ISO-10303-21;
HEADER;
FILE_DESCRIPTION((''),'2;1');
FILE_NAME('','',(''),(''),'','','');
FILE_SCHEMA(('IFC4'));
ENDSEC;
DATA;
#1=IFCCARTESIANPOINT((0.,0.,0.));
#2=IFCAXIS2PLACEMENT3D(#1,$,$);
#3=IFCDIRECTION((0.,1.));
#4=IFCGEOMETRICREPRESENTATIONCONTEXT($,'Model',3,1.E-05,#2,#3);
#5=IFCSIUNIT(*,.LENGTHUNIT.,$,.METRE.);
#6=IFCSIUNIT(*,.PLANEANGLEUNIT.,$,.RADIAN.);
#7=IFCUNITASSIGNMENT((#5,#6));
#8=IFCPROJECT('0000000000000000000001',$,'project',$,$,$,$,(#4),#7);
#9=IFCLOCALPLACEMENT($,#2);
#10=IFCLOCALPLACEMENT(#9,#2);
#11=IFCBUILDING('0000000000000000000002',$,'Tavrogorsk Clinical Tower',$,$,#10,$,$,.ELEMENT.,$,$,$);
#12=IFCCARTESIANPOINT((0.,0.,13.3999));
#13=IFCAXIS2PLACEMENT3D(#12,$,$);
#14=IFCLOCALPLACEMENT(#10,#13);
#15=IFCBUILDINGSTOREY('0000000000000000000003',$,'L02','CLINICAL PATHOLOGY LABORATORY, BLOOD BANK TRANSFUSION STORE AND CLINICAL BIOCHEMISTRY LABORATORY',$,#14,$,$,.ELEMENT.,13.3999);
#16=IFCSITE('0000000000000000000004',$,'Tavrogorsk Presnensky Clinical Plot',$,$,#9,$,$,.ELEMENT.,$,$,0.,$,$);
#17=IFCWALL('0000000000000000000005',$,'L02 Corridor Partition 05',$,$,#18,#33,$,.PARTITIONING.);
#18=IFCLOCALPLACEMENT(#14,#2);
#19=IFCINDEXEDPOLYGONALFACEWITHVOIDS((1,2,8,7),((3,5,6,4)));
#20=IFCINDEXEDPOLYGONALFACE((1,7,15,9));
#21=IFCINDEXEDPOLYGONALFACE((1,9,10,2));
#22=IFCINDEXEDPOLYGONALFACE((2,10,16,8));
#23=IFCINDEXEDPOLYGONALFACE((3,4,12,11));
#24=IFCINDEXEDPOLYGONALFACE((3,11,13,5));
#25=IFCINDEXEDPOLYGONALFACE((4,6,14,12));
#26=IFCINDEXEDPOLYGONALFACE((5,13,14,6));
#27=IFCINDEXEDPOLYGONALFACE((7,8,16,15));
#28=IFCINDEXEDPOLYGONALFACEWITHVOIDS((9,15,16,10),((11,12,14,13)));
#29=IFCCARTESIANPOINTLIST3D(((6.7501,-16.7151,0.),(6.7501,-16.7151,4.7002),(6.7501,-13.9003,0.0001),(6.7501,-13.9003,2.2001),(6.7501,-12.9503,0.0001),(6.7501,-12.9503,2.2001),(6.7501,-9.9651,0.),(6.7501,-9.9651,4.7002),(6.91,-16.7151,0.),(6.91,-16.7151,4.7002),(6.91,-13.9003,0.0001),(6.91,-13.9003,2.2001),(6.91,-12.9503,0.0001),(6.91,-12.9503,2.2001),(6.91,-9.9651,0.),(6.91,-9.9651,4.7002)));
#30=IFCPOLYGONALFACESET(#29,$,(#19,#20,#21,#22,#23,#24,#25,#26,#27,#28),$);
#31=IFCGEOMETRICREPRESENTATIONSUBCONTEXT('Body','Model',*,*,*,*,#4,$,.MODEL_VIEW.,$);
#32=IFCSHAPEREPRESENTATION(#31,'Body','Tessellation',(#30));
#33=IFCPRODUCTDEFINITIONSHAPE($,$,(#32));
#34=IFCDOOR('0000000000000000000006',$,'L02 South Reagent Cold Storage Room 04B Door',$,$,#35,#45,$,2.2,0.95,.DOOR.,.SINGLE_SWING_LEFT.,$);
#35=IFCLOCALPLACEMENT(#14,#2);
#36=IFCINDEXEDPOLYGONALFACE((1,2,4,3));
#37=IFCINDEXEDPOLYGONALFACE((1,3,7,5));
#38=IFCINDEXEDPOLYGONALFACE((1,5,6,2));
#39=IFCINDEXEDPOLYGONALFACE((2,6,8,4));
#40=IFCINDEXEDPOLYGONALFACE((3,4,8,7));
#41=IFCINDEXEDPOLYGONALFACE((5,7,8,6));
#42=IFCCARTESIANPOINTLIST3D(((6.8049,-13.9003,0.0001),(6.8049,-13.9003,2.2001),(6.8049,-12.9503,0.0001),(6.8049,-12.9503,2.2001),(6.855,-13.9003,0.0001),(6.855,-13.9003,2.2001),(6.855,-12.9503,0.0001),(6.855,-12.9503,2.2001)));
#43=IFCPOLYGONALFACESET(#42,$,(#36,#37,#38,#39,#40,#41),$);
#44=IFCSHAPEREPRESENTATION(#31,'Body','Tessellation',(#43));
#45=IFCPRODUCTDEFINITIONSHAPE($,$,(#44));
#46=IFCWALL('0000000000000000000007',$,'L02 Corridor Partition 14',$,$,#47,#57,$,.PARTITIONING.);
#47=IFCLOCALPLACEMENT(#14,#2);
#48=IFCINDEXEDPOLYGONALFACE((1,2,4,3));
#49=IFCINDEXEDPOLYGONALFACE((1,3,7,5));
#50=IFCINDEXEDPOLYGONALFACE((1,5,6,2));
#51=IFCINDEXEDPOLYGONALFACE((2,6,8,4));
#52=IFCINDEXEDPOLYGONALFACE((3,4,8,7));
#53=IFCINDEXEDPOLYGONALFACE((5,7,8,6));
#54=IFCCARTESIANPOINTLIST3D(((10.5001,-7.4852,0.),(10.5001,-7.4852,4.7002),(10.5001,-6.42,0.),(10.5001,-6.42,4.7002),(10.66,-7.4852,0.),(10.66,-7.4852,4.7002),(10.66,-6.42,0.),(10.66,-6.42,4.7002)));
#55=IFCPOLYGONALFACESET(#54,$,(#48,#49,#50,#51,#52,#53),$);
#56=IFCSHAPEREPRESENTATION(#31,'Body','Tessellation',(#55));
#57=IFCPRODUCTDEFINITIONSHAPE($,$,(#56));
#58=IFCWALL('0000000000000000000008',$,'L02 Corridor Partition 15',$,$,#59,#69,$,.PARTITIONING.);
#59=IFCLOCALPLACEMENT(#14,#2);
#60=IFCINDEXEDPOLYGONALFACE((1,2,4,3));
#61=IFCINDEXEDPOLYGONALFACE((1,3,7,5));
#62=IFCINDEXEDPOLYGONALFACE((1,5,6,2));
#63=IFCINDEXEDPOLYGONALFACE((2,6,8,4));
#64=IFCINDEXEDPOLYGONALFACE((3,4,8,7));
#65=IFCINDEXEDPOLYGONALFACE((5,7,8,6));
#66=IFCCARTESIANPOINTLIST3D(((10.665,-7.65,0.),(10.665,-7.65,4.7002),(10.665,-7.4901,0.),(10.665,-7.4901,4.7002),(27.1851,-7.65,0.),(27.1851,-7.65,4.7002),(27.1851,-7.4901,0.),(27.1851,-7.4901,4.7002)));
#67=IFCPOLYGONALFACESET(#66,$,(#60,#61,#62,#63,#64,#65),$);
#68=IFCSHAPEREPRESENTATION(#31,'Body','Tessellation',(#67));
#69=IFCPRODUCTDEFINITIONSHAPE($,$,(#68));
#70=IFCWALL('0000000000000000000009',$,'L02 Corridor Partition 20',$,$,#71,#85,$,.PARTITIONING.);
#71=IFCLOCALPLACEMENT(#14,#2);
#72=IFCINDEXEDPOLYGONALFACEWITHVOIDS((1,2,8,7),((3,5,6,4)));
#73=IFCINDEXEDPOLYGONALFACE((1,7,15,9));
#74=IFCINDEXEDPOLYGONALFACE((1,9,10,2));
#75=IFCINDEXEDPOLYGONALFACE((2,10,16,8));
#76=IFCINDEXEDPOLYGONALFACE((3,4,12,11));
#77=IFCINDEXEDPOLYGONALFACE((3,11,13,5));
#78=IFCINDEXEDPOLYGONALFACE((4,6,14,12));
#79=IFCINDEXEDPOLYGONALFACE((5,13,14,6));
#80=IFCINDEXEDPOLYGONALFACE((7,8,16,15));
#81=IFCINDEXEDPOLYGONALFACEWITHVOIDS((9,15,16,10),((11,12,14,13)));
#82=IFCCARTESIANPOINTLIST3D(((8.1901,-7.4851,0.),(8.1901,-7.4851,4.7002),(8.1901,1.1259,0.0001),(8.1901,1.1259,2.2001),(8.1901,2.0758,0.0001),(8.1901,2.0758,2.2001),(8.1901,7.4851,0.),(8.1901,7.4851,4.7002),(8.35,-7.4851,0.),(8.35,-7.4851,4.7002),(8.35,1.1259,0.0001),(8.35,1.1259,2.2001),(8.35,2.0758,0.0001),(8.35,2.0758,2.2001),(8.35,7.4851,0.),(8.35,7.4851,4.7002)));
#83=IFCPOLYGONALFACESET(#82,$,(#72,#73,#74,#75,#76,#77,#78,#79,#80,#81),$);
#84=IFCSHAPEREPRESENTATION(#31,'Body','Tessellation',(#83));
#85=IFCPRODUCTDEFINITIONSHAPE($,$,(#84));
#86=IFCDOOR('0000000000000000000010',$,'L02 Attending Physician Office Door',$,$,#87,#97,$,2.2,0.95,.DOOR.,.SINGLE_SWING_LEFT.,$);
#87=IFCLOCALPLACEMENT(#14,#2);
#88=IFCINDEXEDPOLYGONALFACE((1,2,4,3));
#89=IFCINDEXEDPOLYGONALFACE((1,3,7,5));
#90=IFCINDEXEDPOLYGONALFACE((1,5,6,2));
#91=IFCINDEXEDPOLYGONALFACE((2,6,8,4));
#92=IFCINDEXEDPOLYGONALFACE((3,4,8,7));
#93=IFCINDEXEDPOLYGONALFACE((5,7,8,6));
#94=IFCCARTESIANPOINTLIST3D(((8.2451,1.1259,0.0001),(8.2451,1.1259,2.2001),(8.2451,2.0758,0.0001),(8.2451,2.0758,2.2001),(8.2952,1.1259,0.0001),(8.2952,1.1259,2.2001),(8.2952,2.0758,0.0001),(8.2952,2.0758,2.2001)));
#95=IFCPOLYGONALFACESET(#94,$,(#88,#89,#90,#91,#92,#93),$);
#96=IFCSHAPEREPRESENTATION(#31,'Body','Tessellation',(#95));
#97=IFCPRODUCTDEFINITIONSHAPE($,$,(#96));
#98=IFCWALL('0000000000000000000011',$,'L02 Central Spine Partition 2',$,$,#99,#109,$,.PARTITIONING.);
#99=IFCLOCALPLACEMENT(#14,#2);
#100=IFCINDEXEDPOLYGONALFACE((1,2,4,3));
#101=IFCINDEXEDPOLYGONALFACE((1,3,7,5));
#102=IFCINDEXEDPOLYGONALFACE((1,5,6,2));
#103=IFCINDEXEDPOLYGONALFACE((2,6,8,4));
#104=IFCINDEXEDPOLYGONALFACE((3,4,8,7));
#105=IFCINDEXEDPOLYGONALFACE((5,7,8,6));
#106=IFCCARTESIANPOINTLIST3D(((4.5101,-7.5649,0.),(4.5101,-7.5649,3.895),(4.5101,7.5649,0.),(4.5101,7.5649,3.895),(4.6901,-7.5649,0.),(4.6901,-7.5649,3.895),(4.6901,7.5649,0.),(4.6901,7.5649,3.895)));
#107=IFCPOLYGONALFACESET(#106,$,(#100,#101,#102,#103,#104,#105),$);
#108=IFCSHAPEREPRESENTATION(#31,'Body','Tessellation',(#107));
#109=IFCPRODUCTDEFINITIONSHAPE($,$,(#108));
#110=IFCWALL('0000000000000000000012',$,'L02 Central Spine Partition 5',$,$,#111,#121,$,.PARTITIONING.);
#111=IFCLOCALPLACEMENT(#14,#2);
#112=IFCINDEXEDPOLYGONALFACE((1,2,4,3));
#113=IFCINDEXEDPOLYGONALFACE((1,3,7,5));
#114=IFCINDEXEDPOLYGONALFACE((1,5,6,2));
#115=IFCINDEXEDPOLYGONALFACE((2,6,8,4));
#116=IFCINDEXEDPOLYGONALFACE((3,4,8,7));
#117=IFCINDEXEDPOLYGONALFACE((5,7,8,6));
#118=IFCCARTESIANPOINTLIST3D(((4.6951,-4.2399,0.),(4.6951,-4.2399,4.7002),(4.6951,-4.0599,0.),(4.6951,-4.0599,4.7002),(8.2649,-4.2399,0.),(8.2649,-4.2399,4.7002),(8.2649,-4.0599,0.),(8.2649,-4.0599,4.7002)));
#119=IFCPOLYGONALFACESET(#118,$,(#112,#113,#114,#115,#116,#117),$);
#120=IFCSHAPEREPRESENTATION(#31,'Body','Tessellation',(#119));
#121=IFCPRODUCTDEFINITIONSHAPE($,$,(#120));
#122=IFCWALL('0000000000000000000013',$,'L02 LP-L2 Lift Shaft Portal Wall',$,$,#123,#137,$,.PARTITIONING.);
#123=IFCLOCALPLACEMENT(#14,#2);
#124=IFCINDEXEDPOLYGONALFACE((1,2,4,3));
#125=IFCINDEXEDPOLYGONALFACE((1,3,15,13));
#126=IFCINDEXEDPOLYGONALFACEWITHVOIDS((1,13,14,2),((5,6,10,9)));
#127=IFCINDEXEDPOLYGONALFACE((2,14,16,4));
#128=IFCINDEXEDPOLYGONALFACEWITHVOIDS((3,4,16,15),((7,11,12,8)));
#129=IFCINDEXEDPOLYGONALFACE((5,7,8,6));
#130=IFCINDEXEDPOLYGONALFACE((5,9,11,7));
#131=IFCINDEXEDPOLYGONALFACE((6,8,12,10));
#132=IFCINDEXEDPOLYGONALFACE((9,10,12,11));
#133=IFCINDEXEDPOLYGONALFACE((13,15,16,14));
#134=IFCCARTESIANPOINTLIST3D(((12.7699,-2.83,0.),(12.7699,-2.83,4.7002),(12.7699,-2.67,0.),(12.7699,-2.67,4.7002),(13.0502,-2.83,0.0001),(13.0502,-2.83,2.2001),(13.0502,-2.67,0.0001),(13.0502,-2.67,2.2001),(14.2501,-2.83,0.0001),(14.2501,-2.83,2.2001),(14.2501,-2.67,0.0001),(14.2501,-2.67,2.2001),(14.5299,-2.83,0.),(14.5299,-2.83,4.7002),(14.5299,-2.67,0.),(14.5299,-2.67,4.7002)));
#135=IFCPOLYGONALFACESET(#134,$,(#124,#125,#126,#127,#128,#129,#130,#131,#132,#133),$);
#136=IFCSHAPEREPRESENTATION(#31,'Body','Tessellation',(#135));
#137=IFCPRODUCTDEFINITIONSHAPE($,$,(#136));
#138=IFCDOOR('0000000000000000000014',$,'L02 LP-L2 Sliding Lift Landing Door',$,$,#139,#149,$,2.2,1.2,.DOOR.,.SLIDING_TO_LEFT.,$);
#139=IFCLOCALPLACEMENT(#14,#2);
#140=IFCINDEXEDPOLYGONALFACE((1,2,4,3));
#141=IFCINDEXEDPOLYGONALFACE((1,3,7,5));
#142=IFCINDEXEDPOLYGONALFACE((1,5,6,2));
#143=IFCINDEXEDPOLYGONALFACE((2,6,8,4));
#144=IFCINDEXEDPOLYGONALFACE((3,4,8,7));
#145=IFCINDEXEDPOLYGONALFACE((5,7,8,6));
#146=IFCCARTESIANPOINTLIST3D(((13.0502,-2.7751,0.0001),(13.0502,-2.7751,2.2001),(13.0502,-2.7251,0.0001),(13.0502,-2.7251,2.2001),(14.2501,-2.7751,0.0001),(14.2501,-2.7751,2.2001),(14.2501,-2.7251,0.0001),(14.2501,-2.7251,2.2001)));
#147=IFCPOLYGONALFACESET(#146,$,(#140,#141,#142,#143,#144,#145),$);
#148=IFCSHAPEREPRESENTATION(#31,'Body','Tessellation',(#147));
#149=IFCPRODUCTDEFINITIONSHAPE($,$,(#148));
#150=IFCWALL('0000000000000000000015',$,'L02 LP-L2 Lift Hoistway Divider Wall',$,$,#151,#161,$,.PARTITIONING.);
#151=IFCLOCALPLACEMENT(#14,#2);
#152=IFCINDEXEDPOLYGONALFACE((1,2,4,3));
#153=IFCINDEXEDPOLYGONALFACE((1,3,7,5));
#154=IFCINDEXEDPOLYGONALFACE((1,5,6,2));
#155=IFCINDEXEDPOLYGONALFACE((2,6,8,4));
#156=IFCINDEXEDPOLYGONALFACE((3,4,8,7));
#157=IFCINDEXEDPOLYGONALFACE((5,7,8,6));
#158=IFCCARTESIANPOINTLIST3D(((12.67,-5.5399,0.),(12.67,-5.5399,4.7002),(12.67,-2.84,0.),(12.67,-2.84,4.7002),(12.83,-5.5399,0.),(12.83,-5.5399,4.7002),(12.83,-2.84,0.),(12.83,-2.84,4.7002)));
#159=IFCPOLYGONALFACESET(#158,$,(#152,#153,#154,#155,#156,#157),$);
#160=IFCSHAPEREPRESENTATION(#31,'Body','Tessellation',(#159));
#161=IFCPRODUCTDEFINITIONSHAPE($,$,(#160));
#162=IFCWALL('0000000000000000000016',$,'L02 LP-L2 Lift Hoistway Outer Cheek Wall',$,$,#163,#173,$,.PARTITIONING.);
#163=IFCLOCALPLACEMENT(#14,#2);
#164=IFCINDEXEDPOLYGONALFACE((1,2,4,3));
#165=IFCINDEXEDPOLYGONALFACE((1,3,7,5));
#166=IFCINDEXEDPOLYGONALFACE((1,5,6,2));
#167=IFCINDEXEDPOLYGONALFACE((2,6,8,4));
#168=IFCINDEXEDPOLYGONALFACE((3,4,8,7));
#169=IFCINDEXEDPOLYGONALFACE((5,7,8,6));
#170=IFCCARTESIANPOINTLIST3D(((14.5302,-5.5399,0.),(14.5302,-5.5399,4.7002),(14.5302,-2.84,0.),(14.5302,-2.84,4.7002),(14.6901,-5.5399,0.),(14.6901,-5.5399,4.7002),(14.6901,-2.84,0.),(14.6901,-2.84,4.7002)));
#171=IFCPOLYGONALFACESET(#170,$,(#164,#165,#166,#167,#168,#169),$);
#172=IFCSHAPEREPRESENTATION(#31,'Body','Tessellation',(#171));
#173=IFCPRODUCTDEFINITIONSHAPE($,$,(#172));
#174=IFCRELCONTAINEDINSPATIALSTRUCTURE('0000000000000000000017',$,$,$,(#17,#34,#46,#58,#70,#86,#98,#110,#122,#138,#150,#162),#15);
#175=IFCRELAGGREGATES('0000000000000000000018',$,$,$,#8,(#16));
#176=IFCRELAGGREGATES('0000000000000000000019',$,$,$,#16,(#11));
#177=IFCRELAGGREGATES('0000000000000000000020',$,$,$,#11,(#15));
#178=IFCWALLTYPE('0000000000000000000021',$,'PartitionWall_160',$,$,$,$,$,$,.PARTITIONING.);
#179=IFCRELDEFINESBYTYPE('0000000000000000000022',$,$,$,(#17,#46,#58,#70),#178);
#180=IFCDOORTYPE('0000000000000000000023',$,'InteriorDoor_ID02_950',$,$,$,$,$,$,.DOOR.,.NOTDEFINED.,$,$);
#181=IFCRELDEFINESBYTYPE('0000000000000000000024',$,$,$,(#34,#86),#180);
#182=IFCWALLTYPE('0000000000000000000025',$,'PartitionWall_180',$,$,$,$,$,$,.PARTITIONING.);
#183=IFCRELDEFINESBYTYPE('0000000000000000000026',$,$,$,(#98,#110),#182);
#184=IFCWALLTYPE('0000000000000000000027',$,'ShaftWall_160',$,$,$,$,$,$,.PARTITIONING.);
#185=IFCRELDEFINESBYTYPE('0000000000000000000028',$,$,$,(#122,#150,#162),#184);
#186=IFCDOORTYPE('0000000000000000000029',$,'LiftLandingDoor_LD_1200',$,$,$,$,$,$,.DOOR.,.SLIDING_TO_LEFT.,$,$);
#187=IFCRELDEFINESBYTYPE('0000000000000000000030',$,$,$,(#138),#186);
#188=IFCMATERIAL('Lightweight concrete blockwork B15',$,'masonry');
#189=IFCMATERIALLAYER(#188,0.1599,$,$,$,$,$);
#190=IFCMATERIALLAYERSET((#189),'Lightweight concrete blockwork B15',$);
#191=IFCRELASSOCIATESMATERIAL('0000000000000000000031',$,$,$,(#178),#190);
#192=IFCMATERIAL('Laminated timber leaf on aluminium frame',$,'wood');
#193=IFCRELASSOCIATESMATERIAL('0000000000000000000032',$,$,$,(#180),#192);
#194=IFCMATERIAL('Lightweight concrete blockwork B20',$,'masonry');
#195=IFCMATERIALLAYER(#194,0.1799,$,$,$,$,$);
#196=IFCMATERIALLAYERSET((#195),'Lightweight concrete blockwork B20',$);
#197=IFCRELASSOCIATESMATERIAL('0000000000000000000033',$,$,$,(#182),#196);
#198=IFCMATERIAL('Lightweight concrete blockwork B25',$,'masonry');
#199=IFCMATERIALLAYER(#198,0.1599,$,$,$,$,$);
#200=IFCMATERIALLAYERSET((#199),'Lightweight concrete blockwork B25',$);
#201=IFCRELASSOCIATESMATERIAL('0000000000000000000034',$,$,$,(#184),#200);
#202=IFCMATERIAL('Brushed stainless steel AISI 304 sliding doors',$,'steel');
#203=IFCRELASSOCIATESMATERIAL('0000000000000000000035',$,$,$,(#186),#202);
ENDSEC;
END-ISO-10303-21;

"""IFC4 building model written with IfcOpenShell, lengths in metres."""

from ifc_helpers import new_model, si_unit, direction, frame, frame_2d, origin, place, context, subcontext, project, spatial, rectangle, extrude, material, layer, layer_set, type_object, element, fill, save


model = new_model("IFC4")

# Units and contexts
model_context = context("Model", 3, precision=1e-05, world=origin(), true_north=direction((0.0, 1.0)))
body_context = subcontext(model_context, "Body", "Model", "MODEL_VIEW")
ifc_project = project(units=[si_unit("LENGTHUNIT", "METRE"), si_unit("PLANEANGLEUNIT", "RADIAN")], contexts=[model_context])

# Site, building, storey
site_placement = place(None, origin())
site = spatial("IfcSite", under=ifc_project, at=site_placement, Name="Tavrogorsk Presnensky Clinical Plot", CompositionType="ELEMENT", RefElevation=0.0)
building_placement = place(site_placement, origin())
building = spatial("IfcBuilding", under=site, at=building_placement, Name="Tavrogorsk Clinical Tower", CompositionType="ELEMENT")
storey_placement = place(building_placement, frame((0.0, 0.0, 13.3999)))
storey = spatial("IfcBuildingStorey", under=building, at=storey_placement, Name="L02", Description="CLINICAL PATHOLOGY LABORATORY, BLOOD BANK TRANSFUSION STORE AND CLINICAL BIOCHEMISTRY LABORATORY", CompositionType="ELEMENT", Elevation=13.3999)

# Wall, opening, door
ifc_material_1 = material(Name="Lightweight concrete blockwork B15", Category="masonry")
ifc_layer_1 = layer(ifc_material_1, 0.1599)
ifc_layer_set_1 = layer_set([ifc_layer_1], Name="Lightweight concrete blockwork B15")
wall_type_1 = type_object("IfcWallType", Name="PartitionWall_160", PredefinedType="PARTITIONING", material=ifc_layer_set_1)
wall_1_placement = place(storey_placement, frame((6.8301, -9.9651, 0.0), z_axis=(0.0, 0.0, 1.0), x_axis=(0.0, -1.0, 0.0)))
wall_1 = element("IfcWall", 1, at=wall_1_placement, inside=storey, type_object=wall_type_1, Name="L02 Corridor Partition 05", PredefinedType="PARTITIONING", context=body_context, shape_type="SweptSolid", body=[
    extrude(rectangle(XDim=6.75, YDim=0.1599, at=frame_2d((3.375, 0.0))), origin(), (0.0, 0.0, 1.0), 4.7002),
])
opening_1_placement = place(wall_1_placement, frame((2.9851, 0.0, 0.0)))
opening_1 = element("IfcOpeningElement", 2, at=opening_1_placement, cuts=wall_1, PredefinedType="OPENING", context=body_context, shape_type="SweptSolid", body=[
    extrude(rectangle(XDim=0.95, YDim=2.2, at=frame_2d((0.4751, 1.1001))), frame((0.0, 0.0898, 0.0), z_axis=(0.0, -1.0, 0.0), x_axis=(1.0, 0.0, 0.0)), (0.0, 0.0, 1.0), 0.1799),
])
ifc_material_2 = material(Name="Laminated timber leaf on aluminium frame", Category="wood")
door_type_1 = type_object("IfcDoorType", Name="InteriorDoor_ID02_950", OperationType="NOTDEFINED", PredefinedType="DOOR", material=ifc_material_2)
door_1_placement = place(opening_1_placement, origin())
door_1 = element("IfcDoor", 3, at=door_1_placement, inside=storey, type_object=door_type_1, Name="L02 South Reagent Cold Storage Room 04B Door", OperationType="SINGLE_SWING_LEFT", OverallHeight=2.2, OverallWidth=0.95, PredefinedType="DOOR", context=body_context, shape_type="SweptSolid", body=[
    extrude(rectangle(XDim=0.95, YDim=2.2, at=frame_2d((0.4751, 1.1001))), frame((0.0, 0.0249, 0.0), z_axis=(0.0, -1.0, 0.0), x_axis=(1.0, 0.0, 0.0)), (0.0, 0.0, 1.0), 0.05),
])
fill(opening_1, door_1)

# Walls
wall_2_placement = place(storey_placement, frame((10.5801, -6.4199, 0.0), z_axis=(0.0, 0.0, 1.0), x_axis=(0.0, -1.0, 0.0)))
element("IfcWall", 4, at=wall_2_placement, inside=storey, type_object=wall_type_1, Name="L02 Corridor Partition 14", PredefinedType="PARTITIONING", context=body_context, shape_type="SweptSolid", body=[
    extrude(rectangle(XDim=1.0652, YDim=0.1599, at=frame_2d((0.5327, 0.0))), origin(), (0.0, 0.0, 1.0), 4.7002),
])
wall_3_placement = place(storey_placement, frame((10.665, -7.5701, 0.0), z_axis=(0.0, 0.0, 1.0), x_axis=(1.0, 0.0, 0.0)))
element("IfcWall", 5, at=wall_3_placement, inside=storey, type_object=wall_type_1, Name="L02 Corridor Partition 15", PredefinedType="PARTITIONING", context=body_context, shape_type="SweptSolid", body=[
    extrude(rectangle(XDim=16.52, YDim=0.1599, at=frame_2d((8.26, 0.0))), origin(), (0.0, 0.0, 1.0), 4.7002),
])

# Wall, opening, door
wall_4_placement = place(storey_placement, frame((8.27, -7.4851, 0.0), z_axis=(0.0, 0.0, 1.0), x_axis=(0.0, 1.0, 0.0)))
wall_4 = element("IfcWall", 6, at=wall_4_placement, inside=storey, type_object=wall_type_1, Name="L02 Corridor Partition 20", PredefinedType="PARTITIONING", context=body_context, shape_type="SweptSolid", body=[
    extrude(rectangle(XDim=14.9702, YDim=0.1599, at=frame_2d((7.4851, 0.0))), origin(), (0.0, 0.0, 1.0), 4.7002),
])
opening_2_placement = place(wall_4_placement, frame((8.6108, 0.0, 0.0)))
opening_2 = element("IfcOpeningElement", 7, at=opening_2_placement, cuts=wall_4, PredefinedType="OPENING", context=body_context, shape_type="SweptSolid", body=[
    extrude(rectangle(XDim=0.95, YDim=2.2, at=frame_2d((0.4751, 1.1001))), frame((0.0, 0.0898, 0.0), z_axis=(0.0, -1.0, 0.0), x_axis=(1.0, 0.0, 0.0)), (0.0, 0.0, 1.0), 0.1799),
])
door_2_placement = place(opening_2_placement, origin())
door_2 = element("IfcDoor", 8, at=door_2_placement, inside=storey, type_object=door_type_1, Name="L02 Attending Physician Office Door", OperationType="SINGLE_SWING_LEFT", OverallHeight=2.2, OverallWidth=0.95, PredefinedType="DOOR", context=body_context, shape_type="SweptSolid", body=[
    extrude(rectangle(XDim=0.95, YDim=2.2, at=frame_2d((0.4751, 1.1001))), frame((0.0, 0.0249, 0.0), z_axis=(0.0, -1.0, 0.0), x_axis=(1.0, 0.0, 0.0)), (0.0, 0.0, 1.0), 0.05),
])
fill(opening_2, door_2)

# Walls
ifc_material_3 = material(Name="Lightweight concrete blockwork B20", Category="masonry")
ifc_layer_2 = layer(ifc_material_3, 0.1799)
ifc_layer_set_2 = layer_set([ifc_layer_2], Name="Lightweight concrete blockwork B20")
wall_type_2 = type_object("IfcWallType", Name="PartitionWall_180", PredefinedType="PARTITIONING", material=ifc_layer_set_2)
wall_5_placement = place(storey_placement, frame((4.6001, -7.5649, 0.0), z_axis=(0.0, 0.0, 1.0), x_axis=(0.0, 1.0, 0.0)))
element("IfcWall", 9, at=wall_5_placement, inside=storey, type_object=wall_type_2, Name="L02 Central Spine Partition 2", PredefinedType="PARTITIONING", context=body_context, shape_type="SweptSolid", body=[
    extrude(rectangle(XDim=15.1299, YDim=0.1799, at=frame_2d((7.5649, 0.0))), origin(), (0.0, 0.0, 1.0), 3.895),
])
wall_6_placement = place(storey_placement, frame((4.6951, -4.1499, 0.0), z_axis=(0.0, 0.0, 1.0), x_axis=(1.0, 0.0, 0.0)))
element("IfcWall", 10, at=wall_6_placement, inside=storey, type_object=wall_type_2, Name="L02 Central Spine Partition 5", PredefinedType="PARTITIONING", context=body_context, shape_type="SweptSolid", body=[
    extrude(rectangle(XDim=3.5698, YDim=0.1799, at=frame_2d((1.7849, 0.0))), origin(), (0.0, 0.0, 1.0), 4.7002),
])

# Wall, opening, door
ifc_material_4 = material(Name="Lightweight concrete blockwork B25", Category="masonry")
ifc_layer_3 = layer(ifc_material_4, 0.1599)
ifc_layer_set_3 = layer_set([ifc_layer_3], Name="Lightweight concrete blockwork B25")
wall_type_3 = type_object("IfcWallType", Name="ShaftWall_160", PredefinedType="PARTITIONING", material=ifc_layer_set_3)
wall_7_placement = place(storey_placement, frame((12.77, -2.75, 0.0), z_axis=(0.0, 0.0, 1.0), x_axis=(1.0, 0.0, 0.0)))
wall_7 = element("IfcWall", 11, at=wall_7_placement, inside=storey, type_object=wall_type_3, Name="L02 LP-L2 Lift Shaft Portal Wall", PredefinedType="PARTITIONING", context=body_context, shape_type="SweptSolid", body=[
    extrude(rectangle(XDim=1.76, YDim=0.1599, at=frame_2d((0.8799, 0.0))), origin(), (0.0, 0.0, 1.0), 4.7002),
])
opening_3_placement = place(wall_7_placement, frame((0.28, 0.0, 0.0)))
opening_3 = element("IfcOpeningElement", 12, at=opening_3_placement, cuts=wall_7, PredefinedType="OPENING", context=body_context, shape_type="SweptSolid", body=[
    extrude(rectangle(XDim=1.2, YDim=2.2, at=frame_2d((0.6001, 1.1001))), frame((0.0, 0.0898, 0.0), z_axis=(0.0, -1.0, 0.0), x_axis=(1.0, 0.0, 0.0)), (0.0, 0.0, 1.0), 0.1799),
])
ifc_material_5 = material(Name="Brushed stainless steel AISI 304 sliding doors", Category="steel")
door_type_2 = type_object("IfcDoorType", Name="LiftLandingDoor_LD_1200", OperationType="SLIDING_TO_LEFT", PredefinedType="DOOR", material=ifc_material_5)
door_3_placement = place(opening_3_placement, origin())
door_3 = element("IfcDoor", 13, at=door_3_placement, inside=storey, type_object=door_type_2, Name="L02 LP-L2 Sliding Lift Landing Door", OperationType="SLIDING_TO_LEFT", OverallHeight=2.2, OverallWidth=1.2, PredefinedType="DOOR", context=body_context, shape_type="SweptSolid", body=[
    extrude(rectangle(XDim=1.2, YDim=2.2, at=frame_2d((0.6001, 1.1001))), frame((0.0, 0.0249, 0.0), z_axis=(0.0, -1.0, 0.0), x_axis=(1.0, 0.0, 0.0)), (0.0, 0.0, 1.0), 0.05),
])
fill(opening_3, door_3)

# Walls
for number, where, z_axis, x_axis, name in (
    (14, (12.75, -5.54, 0.0), (0.0, 0.0, 1.0), (0.0, 1.0, 0.0), "L02 LP-L2 Lift Hoistway Divider Wall"),
    (15, (14.6101, -5.54, 0.0), (0.0, 0.0, 1.0), (0.0, 1.0, 0.0), "L02 LP-L2 Lift Hoistway Outer Cheek Wall"),
):
    element("IfcWall", number, at=place(storey_placement, frame(where, z_axis=z_axis, x_axis=x_axis)), inside=storey, type_object=wall_type_3, Name=name, PredefinedType="PARTITIONING", context=body_context, shape_type="SweptSolid", body=[
        extrude(rectangle(XDim=2.7, YDim=0.1599, at=frame_2d((1.3501, 0.0))), origin(), (0.0, 0.0, 1.0), 4.7002),
    ])

save(model, "model.ifc")
